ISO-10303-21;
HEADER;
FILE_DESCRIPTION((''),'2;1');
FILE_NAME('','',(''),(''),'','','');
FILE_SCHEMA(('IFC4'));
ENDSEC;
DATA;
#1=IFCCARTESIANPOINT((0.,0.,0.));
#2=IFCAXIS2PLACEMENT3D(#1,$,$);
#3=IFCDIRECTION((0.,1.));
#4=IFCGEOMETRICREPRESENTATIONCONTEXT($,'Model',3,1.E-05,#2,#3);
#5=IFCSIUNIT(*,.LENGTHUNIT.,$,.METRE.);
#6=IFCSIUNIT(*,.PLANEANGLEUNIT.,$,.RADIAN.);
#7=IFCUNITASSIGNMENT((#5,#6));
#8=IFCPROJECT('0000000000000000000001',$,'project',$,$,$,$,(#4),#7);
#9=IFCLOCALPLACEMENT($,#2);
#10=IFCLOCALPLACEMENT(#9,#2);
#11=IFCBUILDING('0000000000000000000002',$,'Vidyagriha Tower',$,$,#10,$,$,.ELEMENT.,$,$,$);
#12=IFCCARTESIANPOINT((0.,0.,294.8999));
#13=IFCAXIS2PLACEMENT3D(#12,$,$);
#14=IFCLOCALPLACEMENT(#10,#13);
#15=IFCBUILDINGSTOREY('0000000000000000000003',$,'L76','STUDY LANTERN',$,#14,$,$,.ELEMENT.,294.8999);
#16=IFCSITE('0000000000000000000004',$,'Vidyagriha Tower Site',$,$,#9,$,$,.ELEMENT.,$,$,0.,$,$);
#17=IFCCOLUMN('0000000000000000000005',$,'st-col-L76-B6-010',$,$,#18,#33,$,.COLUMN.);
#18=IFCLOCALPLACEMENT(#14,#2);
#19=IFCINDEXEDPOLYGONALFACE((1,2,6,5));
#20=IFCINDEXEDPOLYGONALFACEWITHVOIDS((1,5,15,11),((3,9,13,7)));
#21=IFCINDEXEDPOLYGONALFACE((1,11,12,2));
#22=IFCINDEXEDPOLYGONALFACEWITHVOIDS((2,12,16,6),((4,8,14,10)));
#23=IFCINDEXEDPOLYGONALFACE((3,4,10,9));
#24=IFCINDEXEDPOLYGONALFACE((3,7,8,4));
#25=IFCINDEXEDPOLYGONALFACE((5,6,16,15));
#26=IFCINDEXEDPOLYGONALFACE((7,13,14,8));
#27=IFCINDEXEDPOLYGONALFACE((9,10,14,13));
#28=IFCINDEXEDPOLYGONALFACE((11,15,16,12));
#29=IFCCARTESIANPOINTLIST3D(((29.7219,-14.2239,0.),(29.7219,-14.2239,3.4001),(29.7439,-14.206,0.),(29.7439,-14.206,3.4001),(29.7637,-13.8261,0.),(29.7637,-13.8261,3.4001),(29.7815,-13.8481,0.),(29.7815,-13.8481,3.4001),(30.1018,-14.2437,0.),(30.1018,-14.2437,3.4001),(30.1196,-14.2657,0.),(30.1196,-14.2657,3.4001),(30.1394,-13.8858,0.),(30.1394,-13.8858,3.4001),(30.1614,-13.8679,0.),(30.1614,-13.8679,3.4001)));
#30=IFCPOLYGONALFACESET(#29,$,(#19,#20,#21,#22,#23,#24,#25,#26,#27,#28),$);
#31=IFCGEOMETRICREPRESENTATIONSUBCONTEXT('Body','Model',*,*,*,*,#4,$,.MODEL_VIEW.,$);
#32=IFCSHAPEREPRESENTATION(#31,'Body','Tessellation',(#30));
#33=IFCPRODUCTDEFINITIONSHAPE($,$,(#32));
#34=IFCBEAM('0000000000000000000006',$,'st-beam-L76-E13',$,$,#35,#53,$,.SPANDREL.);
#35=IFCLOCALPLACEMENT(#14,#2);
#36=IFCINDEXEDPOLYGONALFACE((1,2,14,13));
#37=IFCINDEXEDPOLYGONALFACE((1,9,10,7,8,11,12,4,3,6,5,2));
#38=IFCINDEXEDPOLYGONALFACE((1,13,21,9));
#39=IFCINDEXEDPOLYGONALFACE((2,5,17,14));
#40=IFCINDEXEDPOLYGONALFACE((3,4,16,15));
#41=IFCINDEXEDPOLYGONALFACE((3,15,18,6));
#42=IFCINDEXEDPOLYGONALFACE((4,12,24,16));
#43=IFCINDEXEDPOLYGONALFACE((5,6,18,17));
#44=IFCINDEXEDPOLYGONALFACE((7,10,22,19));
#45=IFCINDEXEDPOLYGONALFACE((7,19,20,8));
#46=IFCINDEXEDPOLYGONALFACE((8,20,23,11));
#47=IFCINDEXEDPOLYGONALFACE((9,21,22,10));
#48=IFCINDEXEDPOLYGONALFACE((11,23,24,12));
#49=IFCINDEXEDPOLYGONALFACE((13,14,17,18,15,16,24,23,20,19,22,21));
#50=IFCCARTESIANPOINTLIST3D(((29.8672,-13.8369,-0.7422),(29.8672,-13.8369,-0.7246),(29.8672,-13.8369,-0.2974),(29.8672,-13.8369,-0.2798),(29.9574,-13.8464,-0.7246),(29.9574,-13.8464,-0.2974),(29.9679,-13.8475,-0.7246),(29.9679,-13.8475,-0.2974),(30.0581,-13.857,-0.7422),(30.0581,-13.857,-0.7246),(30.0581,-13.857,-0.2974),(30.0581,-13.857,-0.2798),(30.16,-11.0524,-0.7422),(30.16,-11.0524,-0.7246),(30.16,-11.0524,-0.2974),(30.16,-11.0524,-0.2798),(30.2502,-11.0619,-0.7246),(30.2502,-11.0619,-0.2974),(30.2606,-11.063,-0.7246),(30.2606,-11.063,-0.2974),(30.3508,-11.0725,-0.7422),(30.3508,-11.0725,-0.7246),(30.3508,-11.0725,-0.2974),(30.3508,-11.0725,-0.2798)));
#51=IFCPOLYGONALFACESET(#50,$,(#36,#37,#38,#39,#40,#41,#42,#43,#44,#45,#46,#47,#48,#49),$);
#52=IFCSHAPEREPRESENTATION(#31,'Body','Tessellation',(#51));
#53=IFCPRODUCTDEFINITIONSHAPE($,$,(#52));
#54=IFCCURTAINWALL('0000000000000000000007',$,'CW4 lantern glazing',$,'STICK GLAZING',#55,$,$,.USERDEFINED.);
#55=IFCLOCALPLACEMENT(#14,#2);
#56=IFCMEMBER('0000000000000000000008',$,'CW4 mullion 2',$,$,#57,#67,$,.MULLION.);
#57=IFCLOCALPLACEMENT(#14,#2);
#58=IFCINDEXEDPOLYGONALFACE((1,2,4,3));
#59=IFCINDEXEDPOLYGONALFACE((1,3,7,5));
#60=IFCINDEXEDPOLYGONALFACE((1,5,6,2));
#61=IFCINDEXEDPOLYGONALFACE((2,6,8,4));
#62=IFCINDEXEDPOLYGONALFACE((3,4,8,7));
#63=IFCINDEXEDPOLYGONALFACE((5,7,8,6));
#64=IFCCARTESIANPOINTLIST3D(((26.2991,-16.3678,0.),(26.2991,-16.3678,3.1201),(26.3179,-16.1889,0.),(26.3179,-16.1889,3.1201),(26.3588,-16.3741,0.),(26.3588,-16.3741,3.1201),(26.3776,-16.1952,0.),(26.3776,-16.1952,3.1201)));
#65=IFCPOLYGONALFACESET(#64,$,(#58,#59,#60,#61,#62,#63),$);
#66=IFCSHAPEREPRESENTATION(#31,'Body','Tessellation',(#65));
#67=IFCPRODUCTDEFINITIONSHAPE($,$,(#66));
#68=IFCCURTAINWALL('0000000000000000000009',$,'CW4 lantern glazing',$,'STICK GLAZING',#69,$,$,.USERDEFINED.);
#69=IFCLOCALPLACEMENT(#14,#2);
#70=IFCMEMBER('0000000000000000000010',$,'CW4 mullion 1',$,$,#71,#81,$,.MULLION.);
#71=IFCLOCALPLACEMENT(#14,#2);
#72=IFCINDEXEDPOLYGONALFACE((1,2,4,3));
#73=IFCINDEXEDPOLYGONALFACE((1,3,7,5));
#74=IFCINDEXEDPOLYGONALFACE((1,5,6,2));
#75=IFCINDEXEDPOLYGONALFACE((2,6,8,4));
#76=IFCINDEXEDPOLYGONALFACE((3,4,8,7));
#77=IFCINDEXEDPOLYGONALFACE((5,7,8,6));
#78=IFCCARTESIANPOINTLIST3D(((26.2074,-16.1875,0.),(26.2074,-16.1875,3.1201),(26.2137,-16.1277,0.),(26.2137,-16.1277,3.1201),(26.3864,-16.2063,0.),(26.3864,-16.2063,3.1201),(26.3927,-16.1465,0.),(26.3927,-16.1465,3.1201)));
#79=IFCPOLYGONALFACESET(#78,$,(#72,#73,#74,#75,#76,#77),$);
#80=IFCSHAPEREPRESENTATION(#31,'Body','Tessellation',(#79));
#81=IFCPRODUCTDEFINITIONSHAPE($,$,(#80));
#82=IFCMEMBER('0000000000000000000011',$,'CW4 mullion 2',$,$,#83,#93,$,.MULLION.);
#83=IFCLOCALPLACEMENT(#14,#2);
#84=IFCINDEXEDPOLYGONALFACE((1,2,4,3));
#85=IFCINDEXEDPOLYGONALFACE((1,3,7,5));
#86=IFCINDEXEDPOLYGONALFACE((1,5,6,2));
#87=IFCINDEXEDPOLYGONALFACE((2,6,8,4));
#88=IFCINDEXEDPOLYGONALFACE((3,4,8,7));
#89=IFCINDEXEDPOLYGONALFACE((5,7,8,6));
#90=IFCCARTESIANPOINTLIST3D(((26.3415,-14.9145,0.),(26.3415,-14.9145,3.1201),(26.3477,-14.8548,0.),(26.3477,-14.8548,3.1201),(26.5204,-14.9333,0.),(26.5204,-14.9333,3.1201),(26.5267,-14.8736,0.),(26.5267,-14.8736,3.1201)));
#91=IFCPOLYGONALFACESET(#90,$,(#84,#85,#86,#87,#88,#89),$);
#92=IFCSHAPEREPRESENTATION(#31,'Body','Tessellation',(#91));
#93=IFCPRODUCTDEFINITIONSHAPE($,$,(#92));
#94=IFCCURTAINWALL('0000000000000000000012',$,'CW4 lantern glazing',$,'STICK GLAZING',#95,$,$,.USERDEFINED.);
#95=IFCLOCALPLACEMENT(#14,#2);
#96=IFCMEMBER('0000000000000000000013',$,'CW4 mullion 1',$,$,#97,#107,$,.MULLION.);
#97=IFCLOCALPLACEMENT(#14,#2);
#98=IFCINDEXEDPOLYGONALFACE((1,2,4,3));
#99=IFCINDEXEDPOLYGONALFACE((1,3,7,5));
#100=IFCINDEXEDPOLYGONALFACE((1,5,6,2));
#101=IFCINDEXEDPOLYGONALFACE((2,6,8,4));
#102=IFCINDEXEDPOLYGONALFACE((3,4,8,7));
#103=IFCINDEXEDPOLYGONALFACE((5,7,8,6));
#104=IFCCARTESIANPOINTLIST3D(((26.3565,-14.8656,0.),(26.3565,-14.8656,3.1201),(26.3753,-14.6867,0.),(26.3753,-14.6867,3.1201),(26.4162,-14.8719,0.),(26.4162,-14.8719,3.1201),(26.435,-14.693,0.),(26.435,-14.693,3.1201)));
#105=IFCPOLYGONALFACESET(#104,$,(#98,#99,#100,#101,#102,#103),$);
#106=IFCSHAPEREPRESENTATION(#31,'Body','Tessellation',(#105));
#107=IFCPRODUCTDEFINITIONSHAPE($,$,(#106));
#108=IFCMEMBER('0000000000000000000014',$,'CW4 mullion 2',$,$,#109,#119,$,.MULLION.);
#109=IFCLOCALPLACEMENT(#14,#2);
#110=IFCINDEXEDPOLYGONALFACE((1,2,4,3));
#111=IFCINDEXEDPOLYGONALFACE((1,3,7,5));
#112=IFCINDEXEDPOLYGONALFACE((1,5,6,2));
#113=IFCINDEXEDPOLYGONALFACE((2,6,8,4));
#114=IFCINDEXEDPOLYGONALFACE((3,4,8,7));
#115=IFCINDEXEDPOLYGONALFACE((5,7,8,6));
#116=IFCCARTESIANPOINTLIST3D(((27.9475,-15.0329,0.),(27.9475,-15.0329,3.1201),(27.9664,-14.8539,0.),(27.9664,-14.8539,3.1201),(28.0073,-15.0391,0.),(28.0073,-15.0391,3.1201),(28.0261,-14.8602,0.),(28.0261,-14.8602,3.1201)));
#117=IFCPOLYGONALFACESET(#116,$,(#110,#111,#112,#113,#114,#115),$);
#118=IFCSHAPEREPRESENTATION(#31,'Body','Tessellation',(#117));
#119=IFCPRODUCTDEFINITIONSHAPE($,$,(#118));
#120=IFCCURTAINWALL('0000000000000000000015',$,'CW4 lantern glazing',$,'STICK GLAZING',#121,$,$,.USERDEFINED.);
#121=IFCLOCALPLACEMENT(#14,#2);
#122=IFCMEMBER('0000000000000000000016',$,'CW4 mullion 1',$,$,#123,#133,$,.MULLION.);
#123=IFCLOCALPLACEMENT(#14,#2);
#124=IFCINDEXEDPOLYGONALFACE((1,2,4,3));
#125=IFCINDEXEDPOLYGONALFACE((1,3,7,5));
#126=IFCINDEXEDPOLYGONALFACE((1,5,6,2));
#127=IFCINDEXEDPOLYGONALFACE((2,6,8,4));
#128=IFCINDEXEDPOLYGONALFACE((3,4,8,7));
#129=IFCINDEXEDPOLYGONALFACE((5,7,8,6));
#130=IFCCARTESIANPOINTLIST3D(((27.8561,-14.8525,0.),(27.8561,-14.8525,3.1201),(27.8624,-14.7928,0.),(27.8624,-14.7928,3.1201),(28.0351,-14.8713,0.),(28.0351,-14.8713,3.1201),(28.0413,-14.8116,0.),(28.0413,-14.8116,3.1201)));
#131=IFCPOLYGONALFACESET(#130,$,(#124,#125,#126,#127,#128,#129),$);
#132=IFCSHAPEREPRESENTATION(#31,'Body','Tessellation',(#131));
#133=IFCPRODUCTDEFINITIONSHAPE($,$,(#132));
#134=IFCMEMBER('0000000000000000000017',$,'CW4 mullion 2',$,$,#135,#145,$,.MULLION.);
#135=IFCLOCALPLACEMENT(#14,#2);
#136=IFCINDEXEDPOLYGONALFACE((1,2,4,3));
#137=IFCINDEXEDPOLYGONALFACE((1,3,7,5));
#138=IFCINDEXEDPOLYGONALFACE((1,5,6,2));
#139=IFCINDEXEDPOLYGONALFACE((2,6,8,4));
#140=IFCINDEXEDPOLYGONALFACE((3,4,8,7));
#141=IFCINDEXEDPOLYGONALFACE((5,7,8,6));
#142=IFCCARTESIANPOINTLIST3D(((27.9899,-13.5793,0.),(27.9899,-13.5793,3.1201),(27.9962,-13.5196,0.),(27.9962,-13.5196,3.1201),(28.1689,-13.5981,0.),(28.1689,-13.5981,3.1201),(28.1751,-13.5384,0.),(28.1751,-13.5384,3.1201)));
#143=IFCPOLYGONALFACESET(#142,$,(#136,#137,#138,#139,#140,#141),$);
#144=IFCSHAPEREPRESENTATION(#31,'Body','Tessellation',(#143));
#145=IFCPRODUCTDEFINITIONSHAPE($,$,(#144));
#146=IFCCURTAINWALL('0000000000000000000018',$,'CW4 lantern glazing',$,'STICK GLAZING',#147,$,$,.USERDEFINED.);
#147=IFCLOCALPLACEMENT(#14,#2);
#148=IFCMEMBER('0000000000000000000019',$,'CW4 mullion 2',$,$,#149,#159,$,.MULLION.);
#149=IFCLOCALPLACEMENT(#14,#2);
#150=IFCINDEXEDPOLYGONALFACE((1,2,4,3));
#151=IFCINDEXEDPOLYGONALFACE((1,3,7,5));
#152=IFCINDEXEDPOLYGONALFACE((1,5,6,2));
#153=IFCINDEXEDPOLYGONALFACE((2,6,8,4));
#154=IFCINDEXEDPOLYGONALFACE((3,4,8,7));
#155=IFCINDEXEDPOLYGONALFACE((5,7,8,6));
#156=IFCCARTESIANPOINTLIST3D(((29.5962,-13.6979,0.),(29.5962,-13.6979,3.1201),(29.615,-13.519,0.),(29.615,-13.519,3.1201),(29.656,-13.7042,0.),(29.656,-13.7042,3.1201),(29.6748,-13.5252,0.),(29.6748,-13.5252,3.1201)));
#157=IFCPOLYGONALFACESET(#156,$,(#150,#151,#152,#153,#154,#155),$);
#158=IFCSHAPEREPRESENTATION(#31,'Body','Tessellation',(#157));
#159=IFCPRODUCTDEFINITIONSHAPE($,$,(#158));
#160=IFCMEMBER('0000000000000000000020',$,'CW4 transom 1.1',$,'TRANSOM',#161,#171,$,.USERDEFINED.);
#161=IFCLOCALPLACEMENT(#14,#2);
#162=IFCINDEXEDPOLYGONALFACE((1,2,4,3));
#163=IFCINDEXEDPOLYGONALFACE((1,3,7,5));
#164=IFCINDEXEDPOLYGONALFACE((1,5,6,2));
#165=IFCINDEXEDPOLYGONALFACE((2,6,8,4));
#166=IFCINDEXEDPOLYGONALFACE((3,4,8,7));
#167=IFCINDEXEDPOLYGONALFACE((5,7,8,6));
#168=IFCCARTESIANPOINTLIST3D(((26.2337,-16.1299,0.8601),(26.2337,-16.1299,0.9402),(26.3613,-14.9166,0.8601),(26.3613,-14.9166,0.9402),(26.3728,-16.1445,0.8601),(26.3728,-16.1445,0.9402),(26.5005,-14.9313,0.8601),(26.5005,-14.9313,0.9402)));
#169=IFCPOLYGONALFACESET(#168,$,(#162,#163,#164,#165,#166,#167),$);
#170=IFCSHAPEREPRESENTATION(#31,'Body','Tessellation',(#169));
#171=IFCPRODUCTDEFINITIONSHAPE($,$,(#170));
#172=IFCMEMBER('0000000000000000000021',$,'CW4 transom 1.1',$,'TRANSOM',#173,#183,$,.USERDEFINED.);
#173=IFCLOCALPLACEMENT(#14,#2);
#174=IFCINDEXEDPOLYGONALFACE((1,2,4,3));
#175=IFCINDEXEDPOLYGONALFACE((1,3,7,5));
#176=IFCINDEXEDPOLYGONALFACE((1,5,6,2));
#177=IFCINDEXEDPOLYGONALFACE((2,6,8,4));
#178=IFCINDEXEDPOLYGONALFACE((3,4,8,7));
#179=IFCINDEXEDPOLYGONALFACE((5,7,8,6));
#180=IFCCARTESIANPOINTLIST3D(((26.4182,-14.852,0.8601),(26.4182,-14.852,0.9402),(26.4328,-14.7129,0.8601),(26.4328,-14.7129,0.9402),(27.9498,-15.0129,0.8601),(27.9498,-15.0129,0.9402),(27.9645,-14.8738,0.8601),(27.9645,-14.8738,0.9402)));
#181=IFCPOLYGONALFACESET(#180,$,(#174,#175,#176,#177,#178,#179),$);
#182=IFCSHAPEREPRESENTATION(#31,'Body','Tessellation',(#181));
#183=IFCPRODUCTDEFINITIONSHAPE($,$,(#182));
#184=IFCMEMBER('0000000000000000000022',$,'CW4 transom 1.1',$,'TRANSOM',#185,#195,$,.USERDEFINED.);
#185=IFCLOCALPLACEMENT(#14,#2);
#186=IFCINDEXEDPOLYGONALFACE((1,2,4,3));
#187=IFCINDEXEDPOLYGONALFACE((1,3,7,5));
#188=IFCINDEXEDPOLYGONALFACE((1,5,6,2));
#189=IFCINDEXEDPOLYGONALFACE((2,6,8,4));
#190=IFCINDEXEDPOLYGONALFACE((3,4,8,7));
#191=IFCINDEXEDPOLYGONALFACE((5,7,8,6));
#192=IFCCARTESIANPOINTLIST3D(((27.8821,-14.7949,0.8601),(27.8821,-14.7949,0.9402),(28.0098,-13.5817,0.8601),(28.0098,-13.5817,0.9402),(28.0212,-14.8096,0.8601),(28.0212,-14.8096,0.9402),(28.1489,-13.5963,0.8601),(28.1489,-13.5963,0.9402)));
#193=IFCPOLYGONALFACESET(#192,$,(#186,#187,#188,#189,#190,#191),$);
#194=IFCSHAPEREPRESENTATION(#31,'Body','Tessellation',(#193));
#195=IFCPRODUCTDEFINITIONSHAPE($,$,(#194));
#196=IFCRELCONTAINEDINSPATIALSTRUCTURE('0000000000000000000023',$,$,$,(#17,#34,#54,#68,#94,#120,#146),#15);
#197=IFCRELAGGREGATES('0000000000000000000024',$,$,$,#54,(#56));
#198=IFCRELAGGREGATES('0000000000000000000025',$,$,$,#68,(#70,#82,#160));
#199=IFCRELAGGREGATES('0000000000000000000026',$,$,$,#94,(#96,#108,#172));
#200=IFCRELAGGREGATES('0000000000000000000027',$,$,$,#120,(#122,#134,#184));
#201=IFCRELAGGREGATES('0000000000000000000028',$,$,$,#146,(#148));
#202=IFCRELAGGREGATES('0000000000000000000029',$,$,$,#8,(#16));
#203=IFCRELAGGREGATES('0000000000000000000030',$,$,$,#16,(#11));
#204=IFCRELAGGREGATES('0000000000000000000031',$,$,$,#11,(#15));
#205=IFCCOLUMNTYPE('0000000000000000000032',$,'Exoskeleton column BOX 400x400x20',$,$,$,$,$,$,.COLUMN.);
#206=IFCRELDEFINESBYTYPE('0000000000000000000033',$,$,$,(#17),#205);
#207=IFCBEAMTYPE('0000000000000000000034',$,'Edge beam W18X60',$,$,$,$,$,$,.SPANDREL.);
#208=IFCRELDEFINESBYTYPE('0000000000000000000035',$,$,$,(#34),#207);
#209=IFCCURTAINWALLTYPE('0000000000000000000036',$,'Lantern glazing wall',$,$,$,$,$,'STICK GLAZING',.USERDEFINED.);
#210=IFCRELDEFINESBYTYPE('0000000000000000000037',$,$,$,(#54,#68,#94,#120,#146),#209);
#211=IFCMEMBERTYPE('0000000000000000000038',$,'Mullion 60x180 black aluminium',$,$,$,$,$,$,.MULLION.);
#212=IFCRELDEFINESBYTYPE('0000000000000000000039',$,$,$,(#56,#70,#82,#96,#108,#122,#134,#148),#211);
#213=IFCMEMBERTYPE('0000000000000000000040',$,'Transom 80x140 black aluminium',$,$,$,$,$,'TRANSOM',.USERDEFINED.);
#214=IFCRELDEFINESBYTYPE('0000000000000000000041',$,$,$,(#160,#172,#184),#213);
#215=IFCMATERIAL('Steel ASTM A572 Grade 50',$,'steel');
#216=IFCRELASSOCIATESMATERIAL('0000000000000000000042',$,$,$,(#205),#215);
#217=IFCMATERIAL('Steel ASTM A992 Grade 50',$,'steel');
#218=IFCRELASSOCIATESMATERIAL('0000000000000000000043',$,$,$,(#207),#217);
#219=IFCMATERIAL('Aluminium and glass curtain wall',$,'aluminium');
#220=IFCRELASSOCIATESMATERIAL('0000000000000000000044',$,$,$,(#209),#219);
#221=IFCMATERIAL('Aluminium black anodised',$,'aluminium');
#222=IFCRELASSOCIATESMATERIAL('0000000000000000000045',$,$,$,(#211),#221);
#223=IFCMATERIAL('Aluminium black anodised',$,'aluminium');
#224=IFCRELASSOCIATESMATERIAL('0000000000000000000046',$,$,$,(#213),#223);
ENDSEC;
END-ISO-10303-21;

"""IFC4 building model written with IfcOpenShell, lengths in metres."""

from ifc_helpers import new_model, si_unit, direction, frame, origin, origin_2d, place, context, subcontext, project, spatial, rectangle, hollow_rectangle, i_section, extrude, material, material_profile, profile_set, type_object, element, aggregate, save


model = new_model("IFC4")

# Units and contexts
model_context = context("Model", 3, precision=1e-05, world=origin(), true_north=direction((0.0, 1.0)))
body_context = subcontext(model_context, "Body", "Model", "MODEL_VIEW")
ifc_project = project(units=[si_unit("LENGTHUNIT", "METRE"), si_unit("PLANEANGLEUNIT", "RADIAN")], contexts=[model_context])

# Site, building, storey
site_placement = place(None, origin())
site = spatial("IfcSite", under=ifc_project, at=site_placement, Name="Vidyagriha Tower Site", CompositionType="ELEMENT", RefElevation=0.0)
building_placement = place(site_placement, origin())
building = spatial("IfcBuilding", under=site, at=building_placement, Name="Vidyagriha Tower", CompositionType="ELEMENT")
storey_placement = place(building_placement, frame((0.0, 0.0, 294.8999)))
storey = spatial("IfcBuildingStorey", under=building, at=storey_placement, Name="L76", Description="STUDY LANTERN", CompositionType="ELEMENT", Elevation=294.8999)

# Column
ifc_material_1 = material(Name="Steel ASTM A572 Grade 50", Category="steel")
ifc_material_profile_1 = material_profile(ifc_material_1, hollow_rectangle(XDim=0.3999, YDim=0.3999, WallThickness=0.02, at=origin_2d()), Name="BOX 400x400x20")
ifc_profile_set_1 = profile_set([ifc_material_profile_1], Name="Steel ASTM A572 Grade 50")
column_type = type_object("IfcColumnType", Name="Exoskeleton column BOX 400x400x20", PredefinedType="COLUMN", material=ifc_profile_set_1)
column_placement = place(storey_placement, frame((29.9417, -14.0459, 0.0), z_axis=(0.0, 0.0, 1.0), x_axis=(0.994522, -0.104528, 0.0)))
element("IfcColumn", 1, at=column_placement, inside=storey, type_object=column_type, Name="st-col-L76-B6-010", PredefinedType="COLUMN", context=body_context, shape_type="SweptSolid", body=[
    extrude(hollow_rectangle(XDim=0.3999, YDim=0.3999, WallThickness=0.02, at=origin_2d()), origin(), (0.0, 0.0, 1.0), 3.4001),
])

# Beam
ifc_material_2 = material(Name="Steel ASTM A992 Grade 50", Category="steel")
ifc_material_profile_2 = material_profile(ifc_material_2, i_section(OverallWidth=0.1919, OverallDepth=0.4624, WebThickness=0.0105, FlangeThickness=0.0176, at=origin_2d()), Name="W18X60")
ifc_profile_set_2 = profile_set([ifc_material_profile_2], Name="Steel ASTM A992 Grade 50")
beam_type = type_object("IfcBeamType", Name="Edge beam W18X60", PredefinedType="SPANDREL", material=ifc_profile_set_2)
beam_placement = place(storey_placement, frame((29.9626, -13.8469, -0.511), z_axis=(0.104553, 0.994519, 0.0), x_axis=(-0.994519, 0.104553, 0.0)))
element("IfcBeam", 2, at=beam_placement, inside=storey, type_object=beam_type, Name="st-beam-L76-E13", PredefinedType="SPANDREL", context=body_context, shape_type="SweptSolid", body=[
    extrude(i_section(OverallWidth=0.1919, OverallDepth=0.4624, WebThickness=0.0105, FlangeThickness=0.0176, at=origin_2d()), origin(), (0.0, 0.0, 1.0), 2.7998),
])

# Curtain wall, member
ifc_material_3 = material(Name="Aluminium and glass curtain wall", Category="aluminium")
curtain_wall_type = type_object("IfcCurtainWallType", Name="Lantern glazing wall", ElementType="STICK GLAZING", PredefinedType="USERDEFINED", material=ifc_material_3)
curtain_wall_1_placement = place(storey_placement, origin())
curtain_wall_1 = element("IfcCurtainWall", 3, at=curtain_wall_1_placement, inside=storey, type_object=curtain_wall_type, Name="CW4 lantern glazing", ObjectType="STICK GLAZING", PredefinedType="USERDEFINED")
ifc_material_4 = material(Name="Aluminium black anodised", Category="aluminium")
ifc_material_profile_3 = material_profile(ifc_material_4, rectangle(XDim=0.1799, YDim=0.0601, at=origin_2d()), Name="Mullion 60x180 black aluminium")
ifc_profile_set_3 = profile_set([ifc_material_profile_3], Name="Aluminium black anodised")
member_type_1 = type_object("IfcMemberType", Name="Mullion 60x180 black aluminium", PredefinedType="MULLION", material=ifc_profile_set_3)
member_1_placement = place(storey_placement, frame((26.3384, -16.2815, 0.0), z_axis=(0.0, 0.0, 1.0), x_axis=(0.104519, 0.994523, 0.0)))
member_1 = element("IfcMember", 4, at=member_1_placement, type_object=member_type_1, Name="CW4 mullion 2", PredefinedType="MULLION", context=body_context, shape_type="SweptSolid", body=[
    extrude(rectangle(XDim=0.1799, YDim=0.0601, at=origin_2d()), origin(), (0.0, 0.0, 1.0), 3.1201),
])

# Curtain walls, members
curtain_wall_2_placement = place(storey_placement, origin())
curtain_wall_2 = element("IfcCurtainWall", 5, at=curtain_wall_2_placement, inside=storey, type_object=curtain_wall_type, Name="CW4 lantern glazing", ObjectType="STICK GLAZING", PredefinedType="USERDEFINED")
member_2_placement = place(storey_placement, frame((26.3, -16.167, 0.0), z_axis=(0.0, 0.0, 1.0), x_axis=(-0.99452, 0.104549, 0.0)))
member_2 = element("IfcMember", 6, at=member_2_placement, type_object=member_type_1, Name="CW4 mullion 1", PredefinedType="MULLION", context=body_context, shape_type="SweptSolid", body=[
    extrude(rectangle(XDim=0.1799, YDim=0.0601, at=origin_2d()), origin(), (0.0, 0.0, 1.0), 3.1201),
])
member_3_placement = place(storey_placement, frame((26.4341, -14.894, 0.0), z_axis=(0.0, 0.0, 1.0), x_axis=(-0.99452, 0.104549, 0.0)))
member_3 = element("IfcMember", 7, at=member_3_placement, type_object=member_type_1, Name="CW4 mullion 2", PredefinedType="MULLION", context=body_context, shape_type="SweptSolid", body=[
    extrude(rectangle(XDim=0.1799, YDim=0.0601, at=origin_2d()), origin(), (0.0, 0.0, 1.0), 3.1201),
])
curtain_wall_3_placement = place(storey_placement, origin())
curtain_wall_3 = element("IfcCurtainWall", 8, at=curtain_wall_3_placement, inside=storey, type_object=curtain_wall_type, Name="CW4 lantern glazing", ObjectType="STICK GLAZING", PredefinedType="USERDEFINED")
member_4_placement = place(storey_placement, frame((26.3958, -14.7793, 0.0), z_axis=(0.0, 0.0, 1.0), x_axis=(0.104519, 0.994523, 0.0)))
member_4 = element("IfcMember", 9, at=member_4_placement, type_object=member_type_1, Name="CW4 mullion 1", PredefinedType="MULLION", context=body_context, shape_type="SweptSolid", body=[
    extrude(rectangle(XDim=0.1799, YDim=0.0601, at=origin_2d()), origin(), (0.0, 0.0, 1.0), 3.1201),
])
member_5_placement = place(storey_placement, frame((27.9868, -14.9465, 0.0), z_axis=(0.0, 0.0, 1.0), x_axis=(0.104519, 0.994523, 0.0)))
member_5 = element("IfcMember", 10, at=member_5_placement, type_object=member_type_1, Name="CW4 mullion 2", PredefinedType="MULLION", context=body_context, shape_type="SweptSolid", body=[
    extrude(rectangle(XDim=0.1799, YDim=0.0601, at=origin_2d()), origin(), (0.0, 0.0, 1.0), 3.1201),
])
curtain_wall_4_placement = place(storey_placement, origin())
curtain_wall_4 = element("IfcCurtainWall", 11, at=curtain_wall_4_placement, inside=storey, type_object=curtain_wall_type, Name="CW4 lantern glazing", ObjectType="STICK GLAZING", PredefinedType="USERDEFINED")
member_6_placement = place(storey_placement, frame((27.9487, -14.832, 0.0), z_axis=(0.0, 0.0, 1.0), x_axis=(-0.99452, 0.104549, 0.0)))
member_6 = element("IfcMember", 12, at=member_6_placement, type_object=member_type_1, Name="CW4 mullion 1", PredefinedType="MULLION", context=body_context, shape_type="SweptSolid", body=[
    extrude(rectangle(XDim=0.1799, YDim=0.0601, at=origin_2d()), origin(), (0.0, 0.0, 1.0), 3.1201),
])
member_7_placement = place(storey_placement, frame((28.0825, -13.5588, 0.0), z_axis=(0.0, 0.0, 1.0), x_axis=(-0.99452, 0.104549, 0.0)))
member_7 = element("IfcMember", 13, at=member_7_placement, type_object=member_type_1, Name="CW4 mullion 2", PredefinedType="MULLION", context=body_context, shape_type="SweptSolid", body=[
    extrude(rectangle(XDim=0.1799, YDim=0.0601, at=origin_2d()), origin(), (0.0, 0.0, 1.0), 3.1201),
])

# Curtain wall, member
curtain_wall_5_placement = place(storey_placement, origin())
curtain_wall_5 = element("IfcCurtainWall", 14, at=curtain_wall_5_placement, inside=storey, type_object=curtain_wall_type, Name="CW4 lantern glazing", ObjectType="STICK GLAZING", PredefinedType="USERDEFINED")
member_8_placement = place(storey_placement, frame((29.6355, -13.6116, 0.0), z_axis=(0.0, 0.0, 1.0), x_axis=(0.104512, 0.994524, 0.0)))
member_8 = element("IfcMember", 15, at=member_8_placement, type_object=member_type_1, Name="CW4 mullion 2", PredefinedType="MULLION", context=body_context, shape_type="SweptSolid", body=[
    extrude(rectangle(XDim=0.1799, YDim=0.0601, at=origin_2d()), origin(), (0.0, 0.0, 1.0), 3.1201),
])

# Members
ifc_material_5 = material(Name="Aluminium black anodised", Category="aluminium")
ifc_material_profile_4 = material_profile(ifc_material_5, rectangle(XDim=0.1399, YDim=0.0801, at=origin_2d()), Name="Transom 80x140 black aluminium")
ifc_profile_set_4 = profile_set([ifc_material_profile_4], Name="Aluminium black anodised")
member_type_2 = type_object("IfcMemberType", Name="Transom 80x140 black aluminium", ElementType="TRANSOM", PredefinedType="USERDEFINED", material=ifc_profile_set_4)
member_9_placement = place(storey_placement, frame((26.3032, -16.1372, 0.9001), z_axis=(0.104654, 0.994509, 0.0), x_axis=(-0.994509, 0.104654, 0.0)))
member_9 = element("IfcMember", 16, at=member_9_placement, type_object=member_type_2, Name="CW4 transom 1.1", ObjectType="TRANSOM", PredefinedType="USERDEFINED", context=body_context, shape_type="SweptSolid", body=[
    extrude(rectangle(XDim=0.1399, YDim=0.0801, at=origin_2d()), origin(), (0.0, 0.0, 1.0), 1.22),
])
member_10_placement = place(storey_placement, frame((26.4255, -14.7825, 0.9001), z_axis=(0.994527, -0.104478, 0.0), x_axis=(0.104478, 0.994527, 0.0)))
member_10 = element("IfcMember", 17, at=member_10_placement, type_object=member_type_2, Name="CW4 transom 1.1", ObjectType="TRANSOM", PredefinedType="USERDEFINED", context=body_context, shape_type="SweptSolid", body=[
    extrude(rectangle(XDim=0.1399, YDim=0.0801, at=origin_2d()), origin(), (0.0, 0.0, 1.0), 1.54),
])
member_11_placement = place(storey_placement, frame((27.9517, -14.8022, 0.9001), z_axis=(0.104654, 0.994509, 0.0), x_axis=(-0.994509, 0.104654, 0.0)))
member_11 = element("IfcMember", 18, at=member_11_placement, type_object=member_type_2, Name="CW4 transom 1.1", ObjectType="TRANSOM", PredefinedType="USERDEFINED", context=body_context, shape_type="SweptSolid", body=[
    extrude(rectangle(XDim=0.1399, YDim=0.0801, at=origin_2d()), origin(), (0.0, 0.0, 1.0), 1.22),
])

aggregate(curtain_wall_1, [member_1])
aggregate(curtain_wall_2, [member_2, member_3, member_9])
aggregate(curtain_wall_3, [member_4, member_5, member_10])
aggregate(curtain_wall_4, [member_6, member_7, member_11])
aggregate(curtain_wall_5, [member_8])

save(model, "model.ifc")
